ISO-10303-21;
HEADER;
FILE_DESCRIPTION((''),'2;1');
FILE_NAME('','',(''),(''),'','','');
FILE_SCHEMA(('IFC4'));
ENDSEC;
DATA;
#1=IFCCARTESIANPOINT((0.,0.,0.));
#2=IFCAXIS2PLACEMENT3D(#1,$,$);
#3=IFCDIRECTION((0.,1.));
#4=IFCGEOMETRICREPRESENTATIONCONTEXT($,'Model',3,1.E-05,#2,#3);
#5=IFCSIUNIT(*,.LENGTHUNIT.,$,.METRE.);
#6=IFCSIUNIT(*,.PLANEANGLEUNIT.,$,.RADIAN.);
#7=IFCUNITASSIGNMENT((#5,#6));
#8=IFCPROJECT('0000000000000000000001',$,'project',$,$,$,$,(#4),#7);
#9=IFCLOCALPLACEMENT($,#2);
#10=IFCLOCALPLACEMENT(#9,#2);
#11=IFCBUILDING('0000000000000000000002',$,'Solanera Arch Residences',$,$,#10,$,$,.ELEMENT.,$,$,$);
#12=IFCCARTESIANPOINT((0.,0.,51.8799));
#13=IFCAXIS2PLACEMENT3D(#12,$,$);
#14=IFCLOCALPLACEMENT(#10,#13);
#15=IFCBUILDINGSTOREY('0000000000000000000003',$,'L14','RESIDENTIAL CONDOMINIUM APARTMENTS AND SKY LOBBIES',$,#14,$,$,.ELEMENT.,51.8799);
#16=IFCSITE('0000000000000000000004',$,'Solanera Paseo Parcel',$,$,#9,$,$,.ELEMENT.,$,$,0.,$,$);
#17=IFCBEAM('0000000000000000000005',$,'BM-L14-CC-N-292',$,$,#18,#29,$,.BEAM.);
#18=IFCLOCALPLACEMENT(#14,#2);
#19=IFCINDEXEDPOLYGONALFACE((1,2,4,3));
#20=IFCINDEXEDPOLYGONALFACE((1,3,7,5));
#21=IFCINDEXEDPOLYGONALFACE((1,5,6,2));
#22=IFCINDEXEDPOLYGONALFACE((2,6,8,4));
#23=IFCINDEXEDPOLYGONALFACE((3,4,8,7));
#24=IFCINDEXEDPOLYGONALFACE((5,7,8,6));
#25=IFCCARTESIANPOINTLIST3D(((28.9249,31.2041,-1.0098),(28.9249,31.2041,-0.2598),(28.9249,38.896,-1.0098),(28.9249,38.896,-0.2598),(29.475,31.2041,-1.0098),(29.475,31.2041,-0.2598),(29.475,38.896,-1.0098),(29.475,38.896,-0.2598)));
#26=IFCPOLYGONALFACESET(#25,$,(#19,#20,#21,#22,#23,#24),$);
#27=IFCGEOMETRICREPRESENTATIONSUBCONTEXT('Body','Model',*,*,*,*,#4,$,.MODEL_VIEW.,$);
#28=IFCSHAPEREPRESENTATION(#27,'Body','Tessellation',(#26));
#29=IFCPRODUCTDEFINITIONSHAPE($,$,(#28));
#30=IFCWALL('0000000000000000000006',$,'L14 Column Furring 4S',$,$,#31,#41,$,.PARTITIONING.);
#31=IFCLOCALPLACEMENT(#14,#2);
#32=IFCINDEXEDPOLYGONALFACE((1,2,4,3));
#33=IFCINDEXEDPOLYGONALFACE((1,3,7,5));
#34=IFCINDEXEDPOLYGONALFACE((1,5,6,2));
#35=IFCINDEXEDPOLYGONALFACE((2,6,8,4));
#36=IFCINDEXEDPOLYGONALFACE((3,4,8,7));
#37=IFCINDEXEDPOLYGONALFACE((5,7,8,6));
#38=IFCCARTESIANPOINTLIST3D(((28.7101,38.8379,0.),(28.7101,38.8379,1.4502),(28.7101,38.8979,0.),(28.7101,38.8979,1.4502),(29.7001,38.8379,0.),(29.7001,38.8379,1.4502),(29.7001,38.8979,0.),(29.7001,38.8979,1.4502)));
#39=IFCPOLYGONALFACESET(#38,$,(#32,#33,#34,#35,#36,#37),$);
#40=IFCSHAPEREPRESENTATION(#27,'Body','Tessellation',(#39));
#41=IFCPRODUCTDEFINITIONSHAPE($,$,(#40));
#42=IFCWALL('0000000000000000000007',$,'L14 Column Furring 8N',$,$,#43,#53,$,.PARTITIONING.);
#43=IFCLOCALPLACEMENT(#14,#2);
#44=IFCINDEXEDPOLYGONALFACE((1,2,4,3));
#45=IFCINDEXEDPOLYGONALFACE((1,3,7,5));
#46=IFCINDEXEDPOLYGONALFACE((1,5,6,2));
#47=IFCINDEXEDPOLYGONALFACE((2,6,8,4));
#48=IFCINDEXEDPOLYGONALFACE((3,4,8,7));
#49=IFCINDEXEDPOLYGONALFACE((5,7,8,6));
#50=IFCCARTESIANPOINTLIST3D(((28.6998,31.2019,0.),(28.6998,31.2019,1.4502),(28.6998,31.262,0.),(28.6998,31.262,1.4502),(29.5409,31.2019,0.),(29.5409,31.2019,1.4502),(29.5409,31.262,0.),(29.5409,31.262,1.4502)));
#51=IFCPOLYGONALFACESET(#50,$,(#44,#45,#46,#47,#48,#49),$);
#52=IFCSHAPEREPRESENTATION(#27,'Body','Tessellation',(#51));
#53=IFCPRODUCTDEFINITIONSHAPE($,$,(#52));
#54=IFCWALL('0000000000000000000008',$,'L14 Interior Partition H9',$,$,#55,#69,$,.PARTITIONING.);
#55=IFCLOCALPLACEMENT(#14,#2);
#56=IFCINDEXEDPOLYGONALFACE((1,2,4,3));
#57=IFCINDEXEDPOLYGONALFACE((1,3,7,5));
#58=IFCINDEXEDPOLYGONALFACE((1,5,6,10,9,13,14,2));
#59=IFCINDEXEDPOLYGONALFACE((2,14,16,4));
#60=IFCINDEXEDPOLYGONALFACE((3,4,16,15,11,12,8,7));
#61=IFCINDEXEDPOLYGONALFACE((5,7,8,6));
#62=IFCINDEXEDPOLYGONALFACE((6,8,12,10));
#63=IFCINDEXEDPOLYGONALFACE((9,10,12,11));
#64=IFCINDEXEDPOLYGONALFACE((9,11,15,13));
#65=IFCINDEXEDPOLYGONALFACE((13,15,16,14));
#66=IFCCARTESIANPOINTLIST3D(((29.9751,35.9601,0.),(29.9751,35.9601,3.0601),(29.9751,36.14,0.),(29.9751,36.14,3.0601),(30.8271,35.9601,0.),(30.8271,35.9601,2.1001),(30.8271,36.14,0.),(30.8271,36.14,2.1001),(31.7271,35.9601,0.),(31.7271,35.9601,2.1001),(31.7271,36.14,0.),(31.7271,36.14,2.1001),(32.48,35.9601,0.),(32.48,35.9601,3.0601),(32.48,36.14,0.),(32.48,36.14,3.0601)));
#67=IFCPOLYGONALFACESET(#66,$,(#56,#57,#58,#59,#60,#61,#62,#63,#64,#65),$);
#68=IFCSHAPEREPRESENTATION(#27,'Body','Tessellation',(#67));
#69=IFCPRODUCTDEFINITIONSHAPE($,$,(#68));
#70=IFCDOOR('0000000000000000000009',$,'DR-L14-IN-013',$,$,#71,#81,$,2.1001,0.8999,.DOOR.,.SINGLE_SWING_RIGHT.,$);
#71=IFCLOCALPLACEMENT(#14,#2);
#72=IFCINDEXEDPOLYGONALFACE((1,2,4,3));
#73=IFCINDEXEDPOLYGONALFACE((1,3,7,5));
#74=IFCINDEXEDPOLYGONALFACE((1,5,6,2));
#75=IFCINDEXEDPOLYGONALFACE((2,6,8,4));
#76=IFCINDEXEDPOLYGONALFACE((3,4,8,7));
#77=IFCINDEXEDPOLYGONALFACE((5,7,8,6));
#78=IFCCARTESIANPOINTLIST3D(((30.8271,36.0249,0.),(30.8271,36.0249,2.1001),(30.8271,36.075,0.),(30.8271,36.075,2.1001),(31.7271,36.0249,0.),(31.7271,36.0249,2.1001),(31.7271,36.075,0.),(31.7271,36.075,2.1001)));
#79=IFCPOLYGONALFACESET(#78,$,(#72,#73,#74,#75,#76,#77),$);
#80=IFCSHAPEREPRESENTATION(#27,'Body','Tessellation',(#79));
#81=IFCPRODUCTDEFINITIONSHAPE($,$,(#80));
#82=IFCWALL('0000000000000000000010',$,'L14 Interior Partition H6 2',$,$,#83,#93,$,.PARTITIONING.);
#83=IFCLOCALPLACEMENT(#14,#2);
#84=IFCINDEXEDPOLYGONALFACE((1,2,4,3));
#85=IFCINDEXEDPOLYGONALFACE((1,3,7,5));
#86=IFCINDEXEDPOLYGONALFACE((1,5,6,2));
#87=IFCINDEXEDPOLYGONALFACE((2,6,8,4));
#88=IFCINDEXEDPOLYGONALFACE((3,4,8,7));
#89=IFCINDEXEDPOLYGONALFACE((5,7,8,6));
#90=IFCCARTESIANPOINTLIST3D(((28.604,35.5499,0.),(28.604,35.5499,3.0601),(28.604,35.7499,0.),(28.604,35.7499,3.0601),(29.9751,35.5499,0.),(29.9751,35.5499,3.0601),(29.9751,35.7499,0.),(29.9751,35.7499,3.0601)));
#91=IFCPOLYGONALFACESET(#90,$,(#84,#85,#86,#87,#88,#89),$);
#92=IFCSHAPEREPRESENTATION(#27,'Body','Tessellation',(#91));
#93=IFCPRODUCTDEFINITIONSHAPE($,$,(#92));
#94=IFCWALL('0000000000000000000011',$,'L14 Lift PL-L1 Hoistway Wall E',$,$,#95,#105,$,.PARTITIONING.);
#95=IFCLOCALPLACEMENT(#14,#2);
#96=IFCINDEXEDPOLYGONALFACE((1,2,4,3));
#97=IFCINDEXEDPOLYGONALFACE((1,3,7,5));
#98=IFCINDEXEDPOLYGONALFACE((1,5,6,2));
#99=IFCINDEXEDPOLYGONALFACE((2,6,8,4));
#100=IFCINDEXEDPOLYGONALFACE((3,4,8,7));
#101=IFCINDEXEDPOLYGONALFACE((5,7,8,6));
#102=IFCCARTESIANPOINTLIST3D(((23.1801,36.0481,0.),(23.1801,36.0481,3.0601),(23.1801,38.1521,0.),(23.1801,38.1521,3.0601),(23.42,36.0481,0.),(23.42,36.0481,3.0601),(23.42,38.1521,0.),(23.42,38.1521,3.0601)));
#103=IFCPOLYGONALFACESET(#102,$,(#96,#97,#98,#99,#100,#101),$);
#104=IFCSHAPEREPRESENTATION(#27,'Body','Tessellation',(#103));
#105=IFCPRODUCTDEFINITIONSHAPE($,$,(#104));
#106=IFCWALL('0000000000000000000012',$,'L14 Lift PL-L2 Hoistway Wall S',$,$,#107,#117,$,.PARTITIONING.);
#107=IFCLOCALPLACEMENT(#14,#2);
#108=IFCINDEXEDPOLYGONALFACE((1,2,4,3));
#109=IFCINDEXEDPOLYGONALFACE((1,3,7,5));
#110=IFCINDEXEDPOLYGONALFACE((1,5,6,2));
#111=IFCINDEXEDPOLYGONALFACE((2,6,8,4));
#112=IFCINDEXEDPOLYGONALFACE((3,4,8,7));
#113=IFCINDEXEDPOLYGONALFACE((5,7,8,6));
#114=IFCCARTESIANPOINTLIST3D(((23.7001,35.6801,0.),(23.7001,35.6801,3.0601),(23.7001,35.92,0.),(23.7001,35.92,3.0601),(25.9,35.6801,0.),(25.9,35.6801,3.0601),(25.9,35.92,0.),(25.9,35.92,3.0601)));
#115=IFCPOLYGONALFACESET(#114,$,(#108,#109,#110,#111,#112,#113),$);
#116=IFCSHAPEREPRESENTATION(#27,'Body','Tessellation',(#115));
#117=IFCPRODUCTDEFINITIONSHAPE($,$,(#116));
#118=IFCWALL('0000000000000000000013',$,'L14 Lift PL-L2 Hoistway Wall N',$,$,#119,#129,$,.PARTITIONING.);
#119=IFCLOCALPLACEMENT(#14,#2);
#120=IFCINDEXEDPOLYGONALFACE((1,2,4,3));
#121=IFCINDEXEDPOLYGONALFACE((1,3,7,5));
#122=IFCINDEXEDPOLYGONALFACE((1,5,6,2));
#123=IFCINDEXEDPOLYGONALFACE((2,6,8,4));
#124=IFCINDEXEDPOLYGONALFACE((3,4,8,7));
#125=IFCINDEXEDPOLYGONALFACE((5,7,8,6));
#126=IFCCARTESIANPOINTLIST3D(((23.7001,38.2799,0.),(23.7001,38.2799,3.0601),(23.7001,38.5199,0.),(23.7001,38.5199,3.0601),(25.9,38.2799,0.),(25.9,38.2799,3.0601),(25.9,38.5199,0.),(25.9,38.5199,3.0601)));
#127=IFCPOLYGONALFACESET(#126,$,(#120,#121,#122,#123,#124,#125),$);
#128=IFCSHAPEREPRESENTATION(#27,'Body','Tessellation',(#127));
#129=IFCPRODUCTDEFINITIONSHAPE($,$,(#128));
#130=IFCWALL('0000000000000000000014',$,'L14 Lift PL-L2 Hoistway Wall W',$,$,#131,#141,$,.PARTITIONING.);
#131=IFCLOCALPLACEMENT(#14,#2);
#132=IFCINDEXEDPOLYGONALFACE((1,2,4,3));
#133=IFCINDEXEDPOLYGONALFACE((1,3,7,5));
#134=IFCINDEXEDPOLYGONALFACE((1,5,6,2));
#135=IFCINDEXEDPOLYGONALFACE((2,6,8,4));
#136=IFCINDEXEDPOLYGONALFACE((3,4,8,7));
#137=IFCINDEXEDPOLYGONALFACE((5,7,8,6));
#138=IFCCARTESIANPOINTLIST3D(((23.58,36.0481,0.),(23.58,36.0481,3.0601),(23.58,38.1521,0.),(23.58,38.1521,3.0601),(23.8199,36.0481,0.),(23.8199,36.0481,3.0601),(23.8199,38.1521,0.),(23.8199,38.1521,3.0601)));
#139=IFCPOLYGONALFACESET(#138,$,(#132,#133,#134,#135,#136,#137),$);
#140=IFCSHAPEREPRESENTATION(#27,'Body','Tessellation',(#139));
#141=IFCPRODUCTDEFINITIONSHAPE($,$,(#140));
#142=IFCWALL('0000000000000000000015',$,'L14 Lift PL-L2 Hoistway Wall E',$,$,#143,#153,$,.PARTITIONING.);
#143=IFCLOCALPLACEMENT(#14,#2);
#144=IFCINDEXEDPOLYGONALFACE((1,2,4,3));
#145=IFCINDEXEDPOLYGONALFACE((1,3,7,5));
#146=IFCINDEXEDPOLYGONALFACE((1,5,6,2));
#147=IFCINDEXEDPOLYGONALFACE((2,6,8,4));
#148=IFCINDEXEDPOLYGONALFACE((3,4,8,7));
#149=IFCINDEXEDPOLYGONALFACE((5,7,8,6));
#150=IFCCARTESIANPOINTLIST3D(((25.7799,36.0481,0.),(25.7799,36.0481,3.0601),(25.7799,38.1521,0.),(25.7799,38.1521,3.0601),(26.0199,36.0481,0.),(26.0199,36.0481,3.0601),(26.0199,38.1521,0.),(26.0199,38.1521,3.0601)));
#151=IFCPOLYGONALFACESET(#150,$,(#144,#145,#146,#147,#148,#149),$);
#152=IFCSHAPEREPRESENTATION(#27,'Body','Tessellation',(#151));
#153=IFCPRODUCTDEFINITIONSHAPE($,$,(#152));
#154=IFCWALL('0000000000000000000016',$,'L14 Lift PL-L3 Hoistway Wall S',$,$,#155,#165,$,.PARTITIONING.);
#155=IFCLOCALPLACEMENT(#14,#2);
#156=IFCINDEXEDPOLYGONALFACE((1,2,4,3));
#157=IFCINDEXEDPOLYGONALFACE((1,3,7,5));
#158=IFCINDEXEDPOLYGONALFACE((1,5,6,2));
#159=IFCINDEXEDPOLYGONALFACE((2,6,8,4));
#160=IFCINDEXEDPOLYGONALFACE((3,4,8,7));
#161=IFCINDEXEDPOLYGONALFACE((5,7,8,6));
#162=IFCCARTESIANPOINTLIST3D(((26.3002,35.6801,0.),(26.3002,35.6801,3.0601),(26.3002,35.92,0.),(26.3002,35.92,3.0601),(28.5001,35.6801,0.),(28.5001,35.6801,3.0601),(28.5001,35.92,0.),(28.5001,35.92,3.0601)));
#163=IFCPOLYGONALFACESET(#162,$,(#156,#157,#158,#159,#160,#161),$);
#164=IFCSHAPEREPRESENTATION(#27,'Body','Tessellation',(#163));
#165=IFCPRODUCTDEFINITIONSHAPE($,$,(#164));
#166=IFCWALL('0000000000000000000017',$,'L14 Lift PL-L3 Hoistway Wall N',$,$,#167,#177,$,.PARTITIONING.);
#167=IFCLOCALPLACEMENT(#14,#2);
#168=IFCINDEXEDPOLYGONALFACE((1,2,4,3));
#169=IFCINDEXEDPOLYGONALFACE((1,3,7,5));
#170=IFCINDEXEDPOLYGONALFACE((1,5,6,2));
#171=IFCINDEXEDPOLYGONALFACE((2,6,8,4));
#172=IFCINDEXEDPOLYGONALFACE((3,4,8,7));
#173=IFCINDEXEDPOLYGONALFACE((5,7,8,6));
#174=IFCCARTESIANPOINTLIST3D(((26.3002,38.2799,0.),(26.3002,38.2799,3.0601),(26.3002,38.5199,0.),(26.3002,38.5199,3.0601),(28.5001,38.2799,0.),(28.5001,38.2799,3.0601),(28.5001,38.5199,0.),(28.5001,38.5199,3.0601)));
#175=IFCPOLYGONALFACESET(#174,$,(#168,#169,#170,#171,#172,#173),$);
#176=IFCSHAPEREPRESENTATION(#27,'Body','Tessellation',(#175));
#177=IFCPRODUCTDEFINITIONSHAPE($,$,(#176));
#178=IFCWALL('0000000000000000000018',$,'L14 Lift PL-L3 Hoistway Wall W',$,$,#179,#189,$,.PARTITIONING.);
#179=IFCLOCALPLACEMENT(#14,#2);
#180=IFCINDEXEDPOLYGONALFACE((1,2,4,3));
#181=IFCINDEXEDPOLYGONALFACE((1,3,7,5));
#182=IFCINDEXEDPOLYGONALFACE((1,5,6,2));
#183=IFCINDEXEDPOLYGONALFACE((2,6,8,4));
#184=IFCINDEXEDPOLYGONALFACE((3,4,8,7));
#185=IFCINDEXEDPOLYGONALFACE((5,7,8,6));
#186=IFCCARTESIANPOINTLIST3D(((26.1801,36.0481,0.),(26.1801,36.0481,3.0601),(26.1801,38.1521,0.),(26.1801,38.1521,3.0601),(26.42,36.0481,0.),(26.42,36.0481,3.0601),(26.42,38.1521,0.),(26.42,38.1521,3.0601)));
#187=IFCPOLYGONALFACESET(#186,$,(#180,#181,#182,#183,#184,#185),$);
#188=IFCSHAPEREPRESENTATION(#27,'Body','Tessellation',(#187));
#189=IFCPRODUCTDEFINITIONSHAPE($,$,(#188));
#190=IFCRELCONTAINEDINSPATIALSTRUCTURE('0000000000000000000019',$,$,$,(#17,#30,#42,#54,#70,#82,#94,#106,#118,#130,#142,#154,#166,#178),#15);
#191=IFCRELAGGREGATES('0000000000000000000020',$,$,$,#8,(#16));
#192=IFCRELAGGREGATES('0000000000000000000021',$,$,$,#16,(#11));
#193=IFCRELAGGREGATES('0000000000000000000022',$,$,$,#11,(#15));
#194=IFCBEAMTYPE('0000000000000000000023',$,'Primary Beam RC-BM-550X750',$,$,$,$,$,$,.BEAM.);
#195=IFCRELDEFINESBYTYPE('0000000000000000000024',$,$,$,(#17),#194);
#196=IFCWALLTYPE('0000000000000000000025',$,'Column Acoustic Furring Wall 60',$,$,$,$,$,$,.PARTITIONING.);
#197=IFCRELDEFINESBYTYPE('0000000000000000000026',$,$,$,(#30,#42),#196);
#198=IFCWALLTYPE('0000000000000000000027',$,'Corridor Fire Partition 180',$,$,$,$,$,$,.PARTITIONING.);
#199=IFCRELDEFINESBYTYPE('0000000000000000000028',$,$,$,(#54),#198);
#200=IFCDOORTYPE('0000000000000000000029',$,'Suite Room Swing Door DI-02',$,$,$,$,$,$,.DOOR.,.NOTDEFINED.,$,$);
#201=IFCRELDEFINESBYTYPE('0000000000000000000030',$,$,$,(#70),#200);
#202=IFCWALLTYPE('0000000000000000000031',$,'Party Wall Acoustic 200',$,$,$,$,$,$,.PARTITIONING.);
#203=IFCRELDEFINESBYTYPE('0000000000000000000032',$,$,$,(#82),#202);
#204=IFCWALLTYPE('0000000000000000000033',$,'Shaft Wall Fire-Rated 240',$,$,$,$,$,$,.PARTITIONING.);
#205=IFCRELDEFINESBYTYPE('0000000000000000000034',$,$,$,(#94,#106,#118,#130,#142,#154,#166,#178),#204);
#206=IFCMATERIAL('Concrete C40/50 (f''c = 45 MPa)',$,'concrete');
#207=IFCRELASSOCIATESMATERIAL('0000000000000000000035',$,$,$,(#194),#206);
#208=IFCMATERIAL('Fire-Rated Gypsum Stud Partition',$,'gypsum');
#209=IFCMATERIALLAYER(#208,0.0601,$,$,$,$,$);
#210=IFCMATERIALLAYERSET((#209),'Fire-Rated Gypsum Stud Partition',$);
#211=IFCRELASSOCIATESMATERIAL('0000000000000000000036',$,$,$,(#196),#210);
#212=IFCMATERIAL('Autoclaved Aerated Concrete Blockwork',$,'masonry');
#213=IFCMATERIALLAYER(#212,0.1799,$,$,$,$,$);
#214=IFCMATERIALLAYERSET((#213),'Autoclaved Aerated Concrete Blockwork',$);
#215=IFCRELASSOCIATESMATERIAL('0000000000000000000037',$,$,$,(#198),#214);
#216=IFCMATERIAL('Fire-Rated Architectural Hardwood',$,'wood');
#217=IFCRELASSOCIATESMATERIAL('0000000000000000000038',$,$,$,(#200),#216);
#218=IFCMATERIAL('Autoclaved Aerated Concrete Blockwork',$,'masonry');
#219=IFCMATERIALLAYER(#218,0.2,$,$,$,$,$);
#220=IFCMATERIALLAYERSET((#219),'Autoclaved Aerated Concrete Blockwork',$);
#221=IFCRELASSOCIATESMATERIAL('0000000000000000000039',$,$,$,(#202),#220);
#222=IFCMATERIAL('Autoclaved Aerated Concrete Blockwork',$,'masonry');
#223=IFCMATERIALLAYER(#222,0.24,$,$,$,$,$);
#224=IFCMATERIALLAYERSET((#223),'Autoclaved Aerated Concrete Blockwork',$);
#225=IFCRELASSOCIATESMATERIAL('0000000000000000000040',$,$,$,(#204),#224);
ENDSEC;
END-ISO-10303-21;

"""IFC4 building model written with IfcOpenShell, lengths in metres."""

from ifc_helpers import new_model, si_unit, direction, frame, frame_2d, origin, origin_2d, place, context, subcontext, project, spatial, rectangle, extrude, material, layer, layer_set, material_profile, profile_set, type_object, element, fill, save


model = new_model("IFC4")

# Units and contexts
model_context = context("Model", 3, precision=1e-05, world=origin(), true_north=direction((0.0, 1.0)))
body_context = subcontext(model_context, "Body", "Model", "MODEL_VIEW")
ifc_project = project(units=[si_unit("LENGTHUNIT", "METRE"), si_unit("PLANEANGLEUNIT", "RADIAN")], contexts=[model_context])

# Site, building, storey
site_placement = place(None, origin())
site = spatial("IfcSite", under=ifc_project, at=site_placement, Name="Solanera Paseo Parcel", CompositionType="ELEMENT", RefElevation=0.0)
building_placement = place(site_placement, origin())
building = spatial("IfcBuilding", under=site, at=building_placement, Name="Solanera Arch Residences", CompositionType="ELEMENT")
storey_placement = place(building_placement, frame((0.0, 0.0, 51.8799)))
storey = spatial("IfcBuildingStorey", under=building, at=storey_placement, Name="L14", Description="RESIDENTIAL CONDOMINIUM APARTMENTS AND SKY LOBBIES", CompositionType="ELEMENT", Elevation=51.8799)

# Beam
ifc_material_1 = material(Name="Concrete C40/50 (f'c = 45 MPa)", Category="concrete")
ifc_material_profile = material_profile(ifc_material_1, rectangle(XDim=0.55, YDim=0.75, at=origin_2d()))
ifc_profile_set = profile_set([ifc_material_profile], Name="Concrete C40/50 (f'c = 45 MPa)")
beam_type = type_object("IfcBeamType", Name="Primary Beam RC-BM-550X750", PredefinedType="BEAM", material=ifc_profile_set)
beam_placement = place(storey_placement, frame((29.2, 31.2041, -0.6348), z_axis=(0.0, 1.0, 0.0), x_axis=(-1.0, 0.0, 0.0)))
element("IfcBeam", 1, at=beam_placement, inside=storey, type_object=beam_type, Name="BM-L14-CC-N-292", PredefinedType="BEAM", context=body_context, shape_type="SweptSolid", body=[
    extrude(rectangle(XDim=0.55, YDim=0.75, at=origin_2d()), origin(), (0.0, 0.0, 1.0), 7.6919),
])

# Walls
ifc_material_2 = material(Name="Fire-Rated Gypsum Stud Partition", Category="gypsum")
ifc_layer_1 = layer(ifc_material_2, 0.0601)
ifc_layer_set_1 = layer_set([ifc_layer_1], Name="Fire-Rated Gypsum Stud Partition")
wall_type_1 = type_object("IfcWallType", Name="Column Acoustic Furring Wall 60", PredefinedType="PARTITIONING", material=ifc_layer_set_1)
wall_1_placement = place(storey_placement, frame((28.71, 38.8679, 0.0), z_axis=(0.0, 0.0, 1.0), x_axis=(1.0, 0.0, 0.0)))
element("IfcWall", 2, at=wall_1_placement, inside=storey, type_object=wall_type_1, Name="L14 Column Furring 4S", PredefinedType="PARTITIONING", context=body_context, shape_type="SweptSolid", body=[
    extrude(rectangle(XDim=0.99, YDim=0.0601, at=frame_2d((0.4951, 0.0))), origin(), (0.0, 0.0, 1.0), 1.4502),
])
wall_2_placement = place(storey_placement, frame((28.7, 31.2319, 0.0), z_axis=(0.0, 0.0, 1.0), x_axis=(1.0, 0.0, 0.0)))
element("IfcWall", 3, at=wall_2_placement, inside=storey, type_object=wall_type_1, Name="L14 Column Furring 8N", PredefinedType="PARTITIONING", context=body_context, shape_type="SweptSolid", body=[
    extrude(rectangle(XDim=0.8411, YDim=0.0601, at=frame_2d((0.4204, 0.0))), origin(), (0.0, 0.0, 1.0), 1.4502),
])

# Wall, opening, door
ifc_material_3 = material(Name="Autoclaved Aerated Concrete Blockwork", Category="masonry")
ifc_layer_2 = layer(ifc_material_3, 0.1799)
ifc_layer_set_2 = layer_set([ifc_layer_2], Name="Autoclaved Aerated Concrete Blockwork")
wall_type_2 = type_object("IfcWallType", Name="Corridor Fire Partition 180", PredefinedType="PARTITIONING", material=ifc_layer_set_2)
wall_3_placement = place(storey_placement, frame((29.9751, 36.05, 0.0), z_axis=(0.0, 0.0, 1.0), x_axis=(1.0, 0.0, 0.0)))
wall_3 = element("IfcWall", 4, at=wall_3_placement, inside=storey, type_object=wall_type_2, Name="L14 Interior Partition H9", PredefinedType="PARTITIONING", context=body_context, shape_type="SweptSolid", body=[
    extrude(rectangle(XDim=2.5049, YDim=0.1799, at=frame_2d((1.2524, 0.0))), origin(), (0.0, 0.0, 1.0), 3.0601),
])
opening_1_placement = place(wall_3_placement, frame((0.8521, 0.0, 0.0)))
opening_1 = element("IfcOpeningElement", 5, at=opening_1_placement, cuts=wall_3, PredefinedType="OPENING", context=body_context, shape_type="SweptSolid", body=[
    extrude(rectangle(XDim=0.8999, YDim=2.1001, at=frame_2d((0.45, 1.05))), frame((0.0, 0.1001, 0.0), z_axis=(0.0, -1.0, 0.0), x_axis=(1.0, 0.0, 0.0)), (0.0, 0.0, 1.0), 0.1999),
])
ifc_material_4 = material(Name="Fire-Rated Architectural Hardwood", Category="wood")
door_type_1 = type_object("IfcDoorType", Name="Suite Room Swing Door DI-02", OperationType="NOTDEFINED", PredefinedType="DOOR", material=ifc_material_4)
door_1_placement = place(opening_1_placement, origin())
door_1 = element("IfcDoor", 6, at=door_1_placement, inside=storey, type_object=door_type_1, Name="DR-L14-IN-013", OperationType="SINGLE_SWING_RIGHT", OverallHeight=2.1001, OverallWidth=0.8999, PredefinedType="DOOR", context=body_context, shape_type="SweptSolid", body=[
    extrude(rectangle(XDim=0.8999, YDim=2.1001, at=frame_2d((0.45, 1.05))), frame((0.0, 0.0249, 0.0), z_axis=(0.0, -1.0, 0.0), x_axis=(1.0, 0.0, 0.0)), (0.0, 0.0, 1.0), 0.05),
])
fill(opening_1, door_1)

# Walls
ifc_material_5 = material(Name="Autoclaved Aerated Concrete Blockwork", Category="masonry")
ifc_layer_3 = layer(ifc_material_5, 0.2)
ifc_layer_set_3 = layer_set([ifc_layer_3], Name="Autoclaved Aerated Concrete Blockwork")
wall_type_3 = type_object("IfcWallType", Name="Party Wall Acoustic 200", PredefinedType="PARTITIONING", material=ifc_layer_set_3)
wall_4_placement = place(storey_placement, frame((28.604, 35.6499, 0.0), z_axis=(0.0, 0.0, 1.0), x_axis=(1.0, 0.0, 0.0)))
element("IfcWall", 7, at=wall_4_placement, inside=storey, type_object=wall_type_3, Name="L14 Interior Partition H6 2", PredefinedType="PARTITIONING", context=body_context, shape_type="SweptSolid", body=[
    extrude(rectangle(XDim=1.3711, YDim=0.2, at=frame_2d((0.6855, 0.0))), origin(), (0.0, 0.0, 1.0), 3.0601),
])
ifc_material_6 = material(Name="Autoclaved Aerated Concrete Blockwork", Category="masonry")
ifc_layer_4 = layer(ifc_material_6, 0.24)
ifc_layer_set_4 = layer_set([ifc_layer_4], Name="Autoclaved Aerated Concrete Blockwork")
wall_type_4 = type_object("IfcWallType", Name="Shaft Wall Fire-Rated 240", PredefinedType="PARTITIONING", material=ifc_layer_set_4)
wall_5_placement = place(storey_placement, frame((23.3, 36.0481, 0.0), z_axis=(0.0, 0.0, 1.0), x_axis=(0.0, 1.0, 0.0)))
element("IfcWall", 8, at=wall_5_placement, inside=storey, type_object=wall_type_4, Name="L14 Lift PL-L1 Hoistway Wall E", PredefinedType="PARTITIONING", context=body_context, shape_type="SweptSolid", body=[
    extrude(rectangle(XDim=2.104, YDim=0.24, at=frame_2d((1.052, 0.0))), origin(), (0.0, 0.0, 1.0), 3.0601),
])
for number, where, z_axis, x_axis, name in (
    (9, (23.7, 35.8, 0.0), (0.0, 0.0, 1.0), (1.0, 0.0, 0.0), "L14 Lift PL-L2 Hoistway Wall S"),
    (10, (23.7, 38.3999, 0.0), (0.0, 0.0, 1.0), (1.0, 0.0, 0.0), "L14 Lift PL-L2 Hoistway Wall N"),
):
    element("IfcWall", number, at=place(storey_placement, frame(where, z_axis=z_axis, x_axis=x_axis)), inside=storey, type_object=wall_type_4, Name=name, PredefinedType="PARTITIONING", context=body_context, shape_type="SweptSolid", body=[
        extrude(rectangle(XDim=2.2, YDim=0.24, at=frame_2d((1.1001, 0.0))), origin(), (0.0, 0.0, 1.0), 3.0601),
    ])
for number, where, z_axis, x_axis, name in (
    (11, (23.7, 36.0481, 0.0), (0.0, 0.0, 1.0), (0.0, 1.0, 0.0), "L14 Lift PL-L2 Hoistway Wall W"),
    (12, (25.8999, 36.0481, 0.0), (0.0, 0.0, 1.0), (0.0, 1.0, 0.0), "L14 Lift PL-L2 Hoistway Wall E"),
):
    element("IfcWall", number, at=place(storey_placement, frame(where, z_axis=z_axis, x_axis=x_axis)), inside=storey, type_object=wall_type_4, Name=name, PredefinedType="PARTITIONING", context=body_context, shape_type="SweptSolid", body=[
        extrude(rectangle(XDim=2.104, YDim=0.24, at=frame_2d((1.052, 0.0))), origin(), (0.0, 0.0, 1.0), 3.0601),
    ])
for number, where, z_axis, x_axis, name in (
    (13, (26.3, 35.8, 0.0), (0.0, 0.0, 1.0), (1.0, 0.0, 0.0), "L14 Lift PL-L3 Hoistway Wall S"),
    (14, (26.3, 38.3999, 0.0), (0.0, 0.0, 1.0), (1.0, 0.0, 0.0), "L14 Lift PL-L3 Hoistway Wall N"),
):
    element("IfcWall", number, at=place(storey_placement, frame(where, z_axis=z_axis, x_axis=x_axis)), inside=storey, type_object=wall_type_4, Name=name, PredefinedType="PARTITIONING", context=body_context, shape_type="SweptSolid", body=[
        extrude(rectangle(XDim=2.2, YDim=0.24, at=frame_2d((1.1001, 0.0))), origin(), (0.0, 0.0, 1.0), 3.0601),
    ])
for number, where, z_axis, x_axis, name in (
    (15, (26.3, 36.0481, 0.0), (0.0, 0.0, 1.0), (0.0, 1.0, 0.0), "L14 Lift PL-L3 Hoistway Wall W"),
):
    element("IfcWall", number, at=place(storey_placement, frame(where, z_axis=z_axis, x_axis=x_axis)), inside=storey, type_object=wall_type_4, Name=name, PredefinedType="PARTITIONING", context=body_context, shape_type="SweptSolid", body=[
        extrude(rectangle(XDim=2.104, YDim=0.24, at=frame_2d((1.052, 0.0))), origin(), (0.0, 0.0, 1.0), 3.0601),
    ])

save(model, "model.ifc")
